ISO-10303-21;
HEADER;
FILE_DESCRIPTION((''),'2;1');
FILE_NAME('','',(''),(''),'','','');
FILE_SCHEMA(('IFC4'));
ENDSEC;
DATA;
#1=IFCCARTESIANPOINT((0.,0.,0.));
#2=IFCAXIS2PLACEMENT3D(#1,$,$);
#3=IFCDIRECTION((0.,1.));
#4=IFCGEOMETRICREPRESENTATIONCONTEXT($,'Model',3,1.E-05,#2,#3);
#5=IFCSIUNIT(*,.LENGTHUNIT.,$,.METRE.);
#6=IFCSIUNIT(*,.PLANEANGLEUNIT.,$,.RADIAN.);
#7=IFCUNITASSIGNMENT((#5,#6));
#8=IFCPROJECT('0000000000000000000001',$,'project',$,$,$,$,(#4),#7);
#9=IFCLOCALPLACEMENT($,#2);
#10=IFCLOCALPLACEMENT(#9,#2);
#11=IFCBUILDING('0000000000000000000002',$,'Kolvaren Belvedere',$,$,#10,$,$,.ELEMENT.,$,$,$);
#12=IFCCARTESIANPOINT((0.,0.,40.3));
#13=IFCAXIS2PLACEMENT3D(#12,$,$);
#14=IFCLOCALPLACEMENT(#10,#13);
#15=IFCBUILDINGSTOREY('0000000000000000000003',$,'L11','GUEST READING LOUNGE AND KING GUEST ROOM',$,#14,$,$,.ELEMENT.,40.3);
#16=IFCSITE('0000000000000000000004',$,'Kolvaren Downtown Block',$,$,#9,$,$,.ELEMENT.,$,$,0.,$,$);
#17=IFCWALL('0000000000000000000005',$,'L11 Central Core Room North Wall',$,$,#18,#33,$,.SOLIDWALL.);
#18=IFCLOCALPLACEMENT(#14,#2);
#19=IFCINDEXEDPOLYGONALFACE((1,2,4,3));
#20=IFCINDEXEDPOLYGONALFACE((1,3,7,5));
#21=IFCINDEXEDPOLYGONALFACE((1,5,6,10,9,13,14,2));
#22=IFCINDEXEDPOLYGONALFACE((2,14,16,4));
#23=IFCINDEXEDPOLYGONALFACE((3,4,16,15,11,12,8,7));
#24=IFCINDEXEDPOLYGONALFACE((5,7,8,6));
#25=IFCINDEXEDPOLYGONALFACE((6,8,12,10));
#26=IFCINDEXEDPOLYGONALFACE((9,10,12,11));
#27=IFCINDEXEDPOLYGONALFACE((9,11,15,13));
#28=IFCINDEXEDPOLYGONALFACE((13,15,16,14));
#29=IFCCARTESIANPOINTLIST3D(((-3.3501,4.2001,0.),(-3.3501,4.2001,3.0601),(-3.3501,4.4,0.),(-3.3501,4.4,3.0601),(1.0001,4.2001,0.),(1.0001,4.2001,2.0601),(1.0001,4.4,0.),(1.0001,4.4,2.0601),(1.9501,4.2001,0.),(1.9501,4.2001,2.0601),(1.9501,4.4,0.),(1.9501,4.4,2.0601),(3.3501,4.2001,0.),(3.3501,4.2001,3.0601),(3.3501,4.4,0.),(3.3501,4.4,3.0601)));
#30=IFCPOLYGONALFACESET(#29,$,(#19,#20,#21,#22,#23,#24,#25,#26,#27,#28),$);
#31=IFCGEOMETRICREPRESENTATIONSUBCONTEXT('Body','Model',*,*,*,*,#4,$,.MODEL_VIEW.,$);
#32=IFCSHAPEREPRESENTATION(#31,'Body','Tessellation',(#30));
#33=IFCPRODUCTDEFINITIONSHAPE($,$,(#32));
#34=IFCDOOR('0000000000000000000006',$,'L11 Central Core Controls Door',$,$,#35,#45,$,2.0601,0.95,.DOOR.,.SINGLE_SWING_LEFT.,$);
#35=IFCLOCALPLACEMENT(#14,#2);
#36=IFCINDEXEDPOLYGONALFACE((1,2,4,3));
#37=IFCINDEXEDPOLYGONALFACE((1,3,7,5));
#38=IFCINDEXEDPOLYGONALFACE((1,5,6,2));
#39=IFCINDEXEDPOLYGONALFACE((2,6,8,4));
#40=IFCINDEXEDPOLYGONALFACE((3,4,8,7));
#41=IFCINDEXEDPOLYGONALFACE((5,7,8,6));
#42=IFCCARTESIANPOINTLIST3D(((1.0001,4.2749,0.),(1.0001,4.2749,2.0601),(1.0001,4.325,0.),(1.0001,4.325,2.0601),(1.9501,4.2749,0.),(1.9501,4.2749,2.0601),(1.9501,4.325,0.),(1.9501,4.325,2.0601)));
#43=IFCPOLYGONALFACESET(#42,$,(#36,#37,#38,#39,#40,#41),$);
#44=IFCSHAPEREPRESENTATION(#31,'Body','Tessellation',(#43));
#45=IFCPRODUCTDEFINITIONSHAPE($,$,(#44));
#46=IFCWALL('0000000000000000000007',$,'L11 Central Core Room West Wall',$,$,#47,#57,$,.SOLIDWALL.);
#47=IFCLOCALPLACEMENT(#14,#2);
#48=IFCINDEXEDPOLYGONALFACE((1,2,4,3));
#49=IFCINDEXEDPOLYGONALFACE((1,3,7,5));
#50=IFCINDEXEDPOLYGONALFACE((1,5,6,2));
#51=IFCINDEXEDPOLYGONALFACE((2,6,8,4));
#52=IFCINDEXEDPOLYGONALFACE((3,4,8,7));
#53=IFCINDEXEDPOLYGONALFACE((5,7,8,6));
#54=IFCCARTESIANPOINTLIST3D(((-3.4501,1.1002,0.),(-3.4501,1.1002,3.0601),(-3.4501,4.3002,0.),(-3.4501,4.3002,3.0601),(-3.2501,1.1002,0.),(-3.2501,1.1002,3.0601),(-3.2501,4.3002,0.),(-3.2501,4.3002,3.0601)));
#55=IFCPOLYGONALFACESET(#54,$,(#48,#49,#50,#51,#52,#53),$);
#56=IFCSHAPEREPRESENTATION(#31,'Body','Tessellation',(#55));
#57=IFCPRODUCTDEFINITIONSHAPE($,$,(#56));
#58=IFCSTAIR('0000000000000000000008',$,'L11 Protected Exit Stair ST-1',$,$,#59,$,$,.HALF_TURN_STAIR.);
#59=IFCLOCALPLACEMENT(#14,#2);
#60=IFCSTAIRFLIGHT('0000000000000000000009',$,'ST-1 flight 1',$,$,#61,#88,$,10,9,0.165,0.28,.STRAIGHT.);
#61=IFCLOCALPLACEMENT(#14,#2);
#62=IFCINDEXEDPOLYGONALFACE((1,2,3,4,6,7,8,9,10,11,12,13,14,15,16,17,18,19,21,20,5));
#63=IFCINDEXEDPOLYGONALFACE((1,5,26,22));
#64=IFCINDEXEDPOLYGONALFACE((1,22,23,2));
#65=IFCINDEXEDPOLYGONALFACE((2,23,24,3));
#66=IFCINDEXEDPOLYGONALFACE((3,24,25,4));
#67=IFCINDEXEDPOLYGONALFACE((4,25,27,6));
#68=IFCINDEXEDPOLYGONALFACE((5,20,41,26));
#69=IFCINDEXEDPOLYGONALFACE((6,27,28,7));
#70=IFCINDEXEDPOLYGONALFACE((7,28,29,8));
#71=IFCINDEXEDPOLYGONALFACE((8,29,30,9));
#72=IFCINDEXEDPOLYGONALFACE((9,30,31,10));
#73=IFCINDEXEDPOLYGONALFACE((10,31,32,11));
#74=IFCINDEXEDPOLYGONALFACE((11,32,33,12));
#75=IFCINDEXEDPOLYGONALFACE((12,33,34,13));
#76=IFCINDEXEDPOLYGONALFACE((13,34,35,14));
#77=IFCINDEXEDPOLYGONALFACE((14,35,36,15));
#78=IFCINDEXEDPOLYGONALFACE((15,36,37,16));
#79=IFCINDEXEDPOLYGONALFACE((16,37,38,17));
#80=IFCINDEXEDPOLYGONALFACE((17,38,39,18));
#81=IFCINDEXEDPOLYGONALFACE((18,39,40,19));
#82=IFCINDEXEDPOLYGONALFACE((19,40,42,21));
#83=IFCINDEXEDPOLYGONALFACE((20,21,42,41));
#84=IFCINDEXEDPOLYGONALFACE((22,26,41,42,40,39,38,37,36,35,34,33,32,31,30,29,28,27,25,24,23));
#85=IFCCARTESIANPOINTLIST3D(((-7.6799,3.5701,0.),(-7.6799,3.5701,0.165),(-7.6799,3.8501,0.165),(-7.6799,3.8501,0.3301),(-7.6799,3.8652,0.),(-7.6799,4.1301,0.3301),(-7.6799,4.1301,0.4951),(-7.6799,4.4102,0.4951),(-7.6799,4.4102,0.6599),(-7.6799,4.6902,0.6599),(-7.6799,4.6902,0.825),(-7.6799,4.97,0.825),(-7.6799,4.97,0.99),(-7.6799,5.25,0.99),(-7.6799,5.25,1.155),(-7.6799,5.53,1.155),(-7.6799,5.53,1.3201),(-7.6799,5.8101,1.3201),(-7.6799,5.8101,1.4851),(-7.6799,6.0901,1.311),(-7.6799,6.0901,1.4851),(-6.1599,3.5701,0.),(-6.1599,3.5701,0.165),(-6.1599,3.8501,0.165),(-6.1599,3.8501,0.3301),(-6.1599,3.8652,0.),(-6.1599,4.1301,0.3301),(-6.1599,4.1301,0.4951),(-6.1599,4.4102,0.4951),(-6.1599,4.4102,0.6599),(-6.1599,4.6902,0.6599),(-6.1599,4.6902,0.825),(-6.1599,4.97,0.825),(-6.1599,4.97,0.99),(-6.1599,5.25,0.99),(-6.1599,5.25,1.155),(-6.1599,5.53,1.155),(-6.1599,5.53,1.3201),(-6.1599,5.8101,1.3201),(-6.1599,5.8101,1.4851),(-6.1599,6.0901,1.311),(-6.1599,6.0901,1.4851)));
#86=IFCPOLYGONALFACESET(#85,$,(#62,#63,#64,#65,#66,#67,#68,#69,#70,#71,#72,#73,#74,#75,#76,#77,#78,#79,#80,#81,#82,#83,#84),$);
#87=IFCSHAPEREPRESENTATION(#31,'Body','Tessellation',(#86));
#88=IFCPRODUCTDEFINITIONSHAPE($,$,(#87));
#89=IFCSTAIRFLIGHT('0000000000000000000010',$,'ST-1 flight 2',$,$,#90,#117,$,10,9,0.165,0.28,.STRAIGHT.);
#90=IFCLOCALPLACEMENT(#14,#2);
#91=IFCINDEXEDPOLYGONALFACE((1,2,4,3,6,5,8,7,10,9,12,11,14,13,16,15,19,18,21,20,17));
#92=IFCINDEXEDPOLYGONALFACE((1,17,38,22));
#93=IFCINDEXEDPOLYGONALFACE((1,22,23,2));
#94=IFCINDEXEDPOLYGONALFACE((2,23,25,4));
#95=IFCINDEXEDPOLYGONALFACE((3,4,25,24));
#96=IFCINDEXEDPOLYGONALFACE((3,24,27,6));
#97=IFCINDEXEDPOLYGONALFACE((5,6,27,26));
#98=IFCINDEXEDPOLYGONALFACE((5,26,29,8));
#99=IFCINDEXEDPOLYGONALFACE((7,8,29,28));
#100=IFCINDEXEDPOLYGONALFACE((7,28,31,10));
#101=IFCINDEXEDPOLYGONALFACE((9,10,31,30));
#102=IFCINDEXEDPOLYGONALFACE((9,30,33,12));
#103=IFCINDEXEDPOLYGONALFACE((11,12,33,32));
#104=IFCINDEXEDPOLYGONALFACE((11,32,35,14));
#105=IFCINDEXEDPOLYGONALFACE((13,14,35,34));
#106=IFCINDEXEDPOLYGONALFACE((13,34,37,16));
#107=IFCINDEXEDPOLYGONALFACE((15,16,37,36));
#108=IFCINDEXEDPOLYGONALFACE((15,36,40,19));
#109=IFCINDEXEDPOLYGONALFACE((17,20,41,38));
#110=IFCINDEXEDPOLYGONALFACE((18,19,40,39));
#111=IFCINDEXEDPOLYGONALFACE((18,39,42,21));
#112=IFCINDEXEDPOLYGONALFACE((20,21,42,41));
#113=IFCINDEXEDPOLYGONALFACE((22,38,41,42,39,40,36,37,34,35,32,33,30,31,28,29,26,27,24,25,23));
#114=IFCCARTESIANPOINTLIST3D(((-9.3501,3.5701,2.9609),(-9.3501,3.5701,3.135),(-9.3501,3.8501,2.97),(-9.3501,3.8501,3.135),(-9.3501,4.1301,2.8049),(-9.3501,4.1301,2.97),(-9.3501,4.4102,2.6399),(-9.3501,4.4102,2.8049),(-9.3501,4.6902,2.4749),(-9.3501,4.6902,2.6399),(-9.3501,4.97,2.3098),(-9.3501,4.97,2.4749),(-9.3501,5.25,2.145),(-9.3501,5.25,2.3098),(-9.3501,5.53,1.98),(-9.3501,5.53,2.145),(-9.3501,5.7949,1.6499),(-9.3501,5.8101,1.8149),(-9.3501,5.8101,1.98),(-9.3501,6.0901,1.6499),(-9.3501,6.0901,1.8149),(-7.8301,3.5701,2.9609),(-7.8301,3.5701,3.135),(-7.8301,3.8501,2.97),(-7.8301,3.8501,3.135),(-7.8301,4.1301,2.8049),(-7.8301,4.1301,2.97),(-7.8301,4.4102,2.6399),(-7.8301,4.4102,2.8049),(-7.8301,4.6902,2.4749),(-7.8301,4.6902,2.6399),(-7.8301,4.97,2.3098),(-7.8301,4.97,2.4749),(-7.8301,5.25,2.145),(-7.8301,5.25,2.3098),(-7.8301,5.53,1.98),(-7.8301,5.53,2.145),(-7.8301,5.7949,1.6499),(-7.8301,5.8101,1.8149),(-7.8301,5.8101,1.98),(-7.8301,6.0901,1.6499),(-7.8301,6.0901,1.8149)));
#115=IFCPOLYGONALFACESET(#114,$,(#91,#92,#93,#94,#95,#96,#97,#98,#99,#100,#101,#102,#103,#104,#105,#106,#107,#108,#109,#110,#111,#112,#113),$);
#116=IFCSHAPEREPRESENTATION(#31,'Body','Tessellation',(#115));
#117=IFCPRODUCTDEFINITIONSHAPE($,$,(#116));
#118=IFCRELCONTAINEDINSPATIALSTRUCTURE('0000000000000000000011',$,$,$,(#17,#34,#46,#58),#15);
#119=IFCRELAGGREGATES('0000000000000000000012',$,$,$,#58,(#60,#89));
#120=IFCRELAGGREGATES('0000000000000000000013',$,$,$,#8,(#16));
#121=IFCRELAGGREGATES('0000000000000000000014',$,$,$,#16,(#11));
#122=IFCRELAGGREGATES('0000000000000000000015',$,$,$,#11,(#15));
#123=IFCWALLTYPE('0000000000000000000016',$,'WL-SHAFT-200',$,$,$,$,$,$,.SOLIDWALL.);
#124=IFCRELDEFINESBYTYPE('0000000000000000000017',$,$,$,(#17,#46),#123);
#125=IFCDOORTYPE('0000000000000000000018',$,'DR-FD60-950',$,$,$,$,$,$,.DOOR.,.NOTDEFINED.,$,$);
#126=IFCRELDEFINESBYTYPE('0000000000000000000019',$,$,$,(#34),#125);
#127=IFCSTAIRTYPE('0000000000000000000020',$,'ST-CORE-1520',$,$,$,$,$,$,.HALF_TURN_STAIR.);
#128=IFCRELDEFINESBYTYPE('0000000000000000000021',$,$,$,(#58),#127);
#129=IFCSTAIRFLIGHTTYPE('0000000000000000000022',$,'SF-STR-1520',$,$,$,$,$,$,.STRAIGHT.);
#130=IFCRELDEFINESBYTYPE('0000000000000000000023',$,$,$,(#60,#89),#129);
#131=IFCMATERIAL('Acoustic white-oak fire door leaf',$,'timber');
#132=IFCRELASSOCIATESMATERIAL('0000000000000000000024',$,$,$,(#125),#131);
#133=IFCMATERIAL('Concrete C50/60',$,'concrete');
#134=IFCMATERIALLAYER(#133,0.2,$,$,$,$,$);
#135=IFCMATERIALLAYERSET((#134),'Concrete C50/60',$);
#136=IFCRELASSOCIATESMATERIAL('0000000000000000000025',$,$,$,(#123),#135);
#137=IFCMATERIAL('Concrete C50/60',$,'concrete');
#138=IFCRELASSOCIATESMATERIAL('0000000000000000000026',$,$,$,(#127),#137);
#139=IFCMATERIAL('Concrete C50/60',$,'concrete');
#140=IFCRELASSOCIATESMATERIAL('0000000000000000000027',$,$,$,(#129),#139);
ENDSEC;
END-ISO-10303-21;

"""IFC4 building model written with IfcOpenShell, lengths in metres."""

from ifc_helpers import new_model, si_unit, direction, frame, frame_2d, origin, place, context, subcontext, project, spatial, polyline, rectangle, outline, extrude, material, layer, layer_set, type_object, element, fill, aggregate, save


model = new_model("IFC4")

# Units and contexts
model_context = context("Model", 3, precision=1e-05, world=origin(), true_north=direction((0.0, 1.0)))
body_context = subcontext(model_context, "Body", "Model", "MODEL_VIEW")
ifc_project = project(units=[si_unit("LENGTHUNIT", "METRE"), si_unit("PLANEANGLEUNIT", "RADIAN")], contexts=[model_context])

# Site, building, storey
site_placement = place(None, origin())
site = spatial("IfcSite", under=ifc_project, at=site_placement, Name="Kolvaren Downtown Block", CompositionType="ELEMENT", RefElevation=0.0)
building_placement = place(site_placement, origin())
building = spatial("IfcBuilding", under=site, at=building_placement, Name="Kolvaren Belvedere", CompositionType="ELEMENT")
storey_placement = place(building_placement, frame((0.0, 0.0, 40.3)))
storey = spatial("IfcBuildingStorey", under=building, at=storey_placement, Name="L11", Description="GUEST READING LOUNGE AND KING GUEST ROOM", CompositionType="ELEMENT", Elevation=40.3)

# Shared definitions
ifc_material_1 = material(Name="Acoustic white-oak fire door leaf", Category="timber")
door_type_1 = type_object("IfcDoorType", Name="DR-FD60-950", OperationType="NOTDEFINED", PredefinedType="DOOR", material=ifc_material_1)

# Shared definitions
ifc_material_2 = material(Name="Concrete C50/60", Category="concrete")
ifc_layer_1 = layer(ifc_material_2, 0.2)
ifc_layer_set_1 = layer_set([ifc_layer_1], Name="Concrete C50/60")
wall_type_1 = type_object("IfcWallType", Name="WL-SHAFT-200", PredefinedType="SOLIDWALL", material=ifc_layer_set_1)

# Wall, opening, door
wall_1_placement = place(storey_placement, frame((-3.3501, 4.3, 0.0), z_axis=(0.0, 0.0, 1.0), x_axis=(1.0, 0.0, 0.0)))
wall_1 = element("IfcWall", 1, at=wall_1_placement, inside=storey, type_object=wall_type_1, Name="L11 Central Core Room North Wall", PredefinedType="SOLIDWALL", context=body_context, shape_type="SweptSolid", body=[
    extrude(rectangle(XDim=6.7002, YDim=0.2, at=frame_2d((3.3501, 0.0))), origin(), (0.0, 0.0, 1.0), 3.0601),
])
opening_1_placement = place(wall_1_placement, frame((4.3501, 0.0, 0.0)))
opening_1 = element("IfcOpeningElement", 2, at=opening_1_placement, cuts=wall_1, PredefinedType="OPENING", context=body_context, shape_type="SweptSolid", body=[
    extrude(rectangle(XDim=0.95, YDim=2.0601, at=frame_2d((0.4751, 1.03))), frame((0.0, 0.1099, 0.0), z_axis=(0.0, -1.0, 0.0), x_axis=(1.0, 0.0, 0.0)), (0.0, 0.0, 1.0), 0.22),
])
door_1_placement = place(opening_1_placement, origin())
door_1 = element("IfcDoor", 3, at=door_1_placement, inside=storey, type_object=door_type_1, Name="L11 Central Core Controls Door", OperationType="SINGLE_SWING_LEFT", OverallHeight=2.0601, OverallWidth=0.95, PredefinedType="DOOR", context=body_context, shape_type="SweptSolid", body=[
    extrude(rectangle(XDim=0.95, YDim=2.0601, at=frame_2d((0.4751, 1.03))), frame((0.0, 0.0249, 0.0), z_axis=(0.0, -1.0, 0.0), x_axis=(1.0, 0.0, 0.0)), (0.0, 0.0, 1.0), 0.05),
])
fill(opening_1, door_1)

# Wall
wall_2_placement = place(storey_placement, frame((-3.3501, 1.1001, 0.0), z_axis=(0.0, 0.0, 1.0), x_axis=(0.0, 1.0, 0.0)))
element("IfcWall", 4, at=wall_2_placement, inside=storey, type_object=wall_type_1, Name="L11 Central Core Room West Wall", PredefinedType="SOLIDWALL", context=body_context, shape_type="SweptSolid", body=[
    extrude(rectangle(XDim=3.2, YDim=0.2, at=frame_2d((1.6001, 0.0))), origin(), (0.0, 0.0, 1.0), 3.0601),
])

# Stair, stair flights
ifc_material_3 = material(Name="Concrete C50/60", Category="concrete")
stair_type = type_object("IfcStairType", Name="ST-CORE-1520", PredefinedType="HALF_TURN_STAIR", material=ifc_material_3)
stair_placement = place(storey_placement, origin())
stair = element("IfcStair", 5, at=stair_placement, inside=storey, type_object=stair_type, Name="L11 Protected Exit Stair ST-1", PredefinedType="HALF_TURN_STAIR")
ifc_material_4 = material(Name="Concrete C50/60", Category="concrete")
stair_flight_type = type_object("IfcStairFlightType", Name="SF-STR-1520", PredefinedType="STRAIGHT", material=ifc_material_4)
stair_flight_1_placement = place(storey_placement, frame((-6.9199, 3.5701, 0.0), z_axis=(0.0, 0.0, 1.0), x_axis=(0.0, 1.0, 0.0)))
stair_flight_1 = element("IfcStairFlight", 6, at=stair_flight_1_placement, type_object=stair_flight_type, Name="ST-1 flight 1", NumberOfRisers=10, NumberOfTreads=9, PredefinedType="STRAIGHT", RiserHeight=0.165, TreadLength=0.28, context=body_context, shape_type="SweptSolid", body=[
    extrude(outline(polyline([(0.0, 0.0), (0.0, 0.165), (0.28, 0.165), (0.28, 0.3301), (0.5601, 0.3301), (0.5601, 0.4951), (0.8401, 0.4951), (0.8401, 0.6599), (1.1201, 0.6599), (1.1201, 0.825), (1.3999, 0.825), (1.3999, 0.99), (1.6799, 0.99), (1.6799, 1.155), (1.96, 1.155), (1.96, 1.3201), (2.24, 1.3201), (2.24, 1.4851), (2.52, 1.4851), (2.52, 1.6499), (2.52, 1.311), (0.2952, 0.0), (0.0, 0.0)])), frame((0.0, 0.76, 0.0), z_axis=(0.0, -1.0, 0.0), x_axis=(1.0, 0.0, 0.0)), (0.0, 0.0, 1.0), 1.52),
])
stair_flight_2_placement = place(storey_placement, frame((-8.5901, 6.0901, 1.6499), z_axis=(0.0, 0.0, 1.0), x_axis=(0.0, -1.0, 0.0)))
stair_flight_2 = element("IfcStairFlight", 7, at=stair_flight_2_placement, type_object=stair_flight_type, Name="ST-1 flight 2", NumberOfRisers=10, NumberOfTreads=9, PredefinedType="STRAIGHT", RiserHeight=0.165, TreadLength=0.28, context=body_context, shape_type="SweptSolid", body=[
    extrude(outline(polyline([(0.0, 0.0), (0.0, 0.165), (0.28, 0.165), (0.28, 0.3301), (0.5601, 0.3301), (0.5601, 0.4951), (0.8401, 0.4951), (0.8401, 0.6599), (1.1201, 0.6599), (1.1201, 0.825), (1.3999, 0.825), (1.3999, 0.99), (1.6799, 0.99), (1.6799, 1.155), (1.96, 1.155), (1.96, 1.3201), (2.24, 1.3201), (2.24, 1.4851), (2.52, 1.4851), (2.52, 1.6499), (2.52, 1.311), (0.2952, 0.0), (0.0, 0.0)])), frame((0.0, 0.76, 0.0), z_axis=(0.0, -1.0, 0.0), x_axis=(1.0, 0.0, 0.0)), (0.0, 0.0, 1.0), 1.52),
])
aggregate(stair, [stair_flight_1, stair_flight_2])

save(model, "model.ifc")
